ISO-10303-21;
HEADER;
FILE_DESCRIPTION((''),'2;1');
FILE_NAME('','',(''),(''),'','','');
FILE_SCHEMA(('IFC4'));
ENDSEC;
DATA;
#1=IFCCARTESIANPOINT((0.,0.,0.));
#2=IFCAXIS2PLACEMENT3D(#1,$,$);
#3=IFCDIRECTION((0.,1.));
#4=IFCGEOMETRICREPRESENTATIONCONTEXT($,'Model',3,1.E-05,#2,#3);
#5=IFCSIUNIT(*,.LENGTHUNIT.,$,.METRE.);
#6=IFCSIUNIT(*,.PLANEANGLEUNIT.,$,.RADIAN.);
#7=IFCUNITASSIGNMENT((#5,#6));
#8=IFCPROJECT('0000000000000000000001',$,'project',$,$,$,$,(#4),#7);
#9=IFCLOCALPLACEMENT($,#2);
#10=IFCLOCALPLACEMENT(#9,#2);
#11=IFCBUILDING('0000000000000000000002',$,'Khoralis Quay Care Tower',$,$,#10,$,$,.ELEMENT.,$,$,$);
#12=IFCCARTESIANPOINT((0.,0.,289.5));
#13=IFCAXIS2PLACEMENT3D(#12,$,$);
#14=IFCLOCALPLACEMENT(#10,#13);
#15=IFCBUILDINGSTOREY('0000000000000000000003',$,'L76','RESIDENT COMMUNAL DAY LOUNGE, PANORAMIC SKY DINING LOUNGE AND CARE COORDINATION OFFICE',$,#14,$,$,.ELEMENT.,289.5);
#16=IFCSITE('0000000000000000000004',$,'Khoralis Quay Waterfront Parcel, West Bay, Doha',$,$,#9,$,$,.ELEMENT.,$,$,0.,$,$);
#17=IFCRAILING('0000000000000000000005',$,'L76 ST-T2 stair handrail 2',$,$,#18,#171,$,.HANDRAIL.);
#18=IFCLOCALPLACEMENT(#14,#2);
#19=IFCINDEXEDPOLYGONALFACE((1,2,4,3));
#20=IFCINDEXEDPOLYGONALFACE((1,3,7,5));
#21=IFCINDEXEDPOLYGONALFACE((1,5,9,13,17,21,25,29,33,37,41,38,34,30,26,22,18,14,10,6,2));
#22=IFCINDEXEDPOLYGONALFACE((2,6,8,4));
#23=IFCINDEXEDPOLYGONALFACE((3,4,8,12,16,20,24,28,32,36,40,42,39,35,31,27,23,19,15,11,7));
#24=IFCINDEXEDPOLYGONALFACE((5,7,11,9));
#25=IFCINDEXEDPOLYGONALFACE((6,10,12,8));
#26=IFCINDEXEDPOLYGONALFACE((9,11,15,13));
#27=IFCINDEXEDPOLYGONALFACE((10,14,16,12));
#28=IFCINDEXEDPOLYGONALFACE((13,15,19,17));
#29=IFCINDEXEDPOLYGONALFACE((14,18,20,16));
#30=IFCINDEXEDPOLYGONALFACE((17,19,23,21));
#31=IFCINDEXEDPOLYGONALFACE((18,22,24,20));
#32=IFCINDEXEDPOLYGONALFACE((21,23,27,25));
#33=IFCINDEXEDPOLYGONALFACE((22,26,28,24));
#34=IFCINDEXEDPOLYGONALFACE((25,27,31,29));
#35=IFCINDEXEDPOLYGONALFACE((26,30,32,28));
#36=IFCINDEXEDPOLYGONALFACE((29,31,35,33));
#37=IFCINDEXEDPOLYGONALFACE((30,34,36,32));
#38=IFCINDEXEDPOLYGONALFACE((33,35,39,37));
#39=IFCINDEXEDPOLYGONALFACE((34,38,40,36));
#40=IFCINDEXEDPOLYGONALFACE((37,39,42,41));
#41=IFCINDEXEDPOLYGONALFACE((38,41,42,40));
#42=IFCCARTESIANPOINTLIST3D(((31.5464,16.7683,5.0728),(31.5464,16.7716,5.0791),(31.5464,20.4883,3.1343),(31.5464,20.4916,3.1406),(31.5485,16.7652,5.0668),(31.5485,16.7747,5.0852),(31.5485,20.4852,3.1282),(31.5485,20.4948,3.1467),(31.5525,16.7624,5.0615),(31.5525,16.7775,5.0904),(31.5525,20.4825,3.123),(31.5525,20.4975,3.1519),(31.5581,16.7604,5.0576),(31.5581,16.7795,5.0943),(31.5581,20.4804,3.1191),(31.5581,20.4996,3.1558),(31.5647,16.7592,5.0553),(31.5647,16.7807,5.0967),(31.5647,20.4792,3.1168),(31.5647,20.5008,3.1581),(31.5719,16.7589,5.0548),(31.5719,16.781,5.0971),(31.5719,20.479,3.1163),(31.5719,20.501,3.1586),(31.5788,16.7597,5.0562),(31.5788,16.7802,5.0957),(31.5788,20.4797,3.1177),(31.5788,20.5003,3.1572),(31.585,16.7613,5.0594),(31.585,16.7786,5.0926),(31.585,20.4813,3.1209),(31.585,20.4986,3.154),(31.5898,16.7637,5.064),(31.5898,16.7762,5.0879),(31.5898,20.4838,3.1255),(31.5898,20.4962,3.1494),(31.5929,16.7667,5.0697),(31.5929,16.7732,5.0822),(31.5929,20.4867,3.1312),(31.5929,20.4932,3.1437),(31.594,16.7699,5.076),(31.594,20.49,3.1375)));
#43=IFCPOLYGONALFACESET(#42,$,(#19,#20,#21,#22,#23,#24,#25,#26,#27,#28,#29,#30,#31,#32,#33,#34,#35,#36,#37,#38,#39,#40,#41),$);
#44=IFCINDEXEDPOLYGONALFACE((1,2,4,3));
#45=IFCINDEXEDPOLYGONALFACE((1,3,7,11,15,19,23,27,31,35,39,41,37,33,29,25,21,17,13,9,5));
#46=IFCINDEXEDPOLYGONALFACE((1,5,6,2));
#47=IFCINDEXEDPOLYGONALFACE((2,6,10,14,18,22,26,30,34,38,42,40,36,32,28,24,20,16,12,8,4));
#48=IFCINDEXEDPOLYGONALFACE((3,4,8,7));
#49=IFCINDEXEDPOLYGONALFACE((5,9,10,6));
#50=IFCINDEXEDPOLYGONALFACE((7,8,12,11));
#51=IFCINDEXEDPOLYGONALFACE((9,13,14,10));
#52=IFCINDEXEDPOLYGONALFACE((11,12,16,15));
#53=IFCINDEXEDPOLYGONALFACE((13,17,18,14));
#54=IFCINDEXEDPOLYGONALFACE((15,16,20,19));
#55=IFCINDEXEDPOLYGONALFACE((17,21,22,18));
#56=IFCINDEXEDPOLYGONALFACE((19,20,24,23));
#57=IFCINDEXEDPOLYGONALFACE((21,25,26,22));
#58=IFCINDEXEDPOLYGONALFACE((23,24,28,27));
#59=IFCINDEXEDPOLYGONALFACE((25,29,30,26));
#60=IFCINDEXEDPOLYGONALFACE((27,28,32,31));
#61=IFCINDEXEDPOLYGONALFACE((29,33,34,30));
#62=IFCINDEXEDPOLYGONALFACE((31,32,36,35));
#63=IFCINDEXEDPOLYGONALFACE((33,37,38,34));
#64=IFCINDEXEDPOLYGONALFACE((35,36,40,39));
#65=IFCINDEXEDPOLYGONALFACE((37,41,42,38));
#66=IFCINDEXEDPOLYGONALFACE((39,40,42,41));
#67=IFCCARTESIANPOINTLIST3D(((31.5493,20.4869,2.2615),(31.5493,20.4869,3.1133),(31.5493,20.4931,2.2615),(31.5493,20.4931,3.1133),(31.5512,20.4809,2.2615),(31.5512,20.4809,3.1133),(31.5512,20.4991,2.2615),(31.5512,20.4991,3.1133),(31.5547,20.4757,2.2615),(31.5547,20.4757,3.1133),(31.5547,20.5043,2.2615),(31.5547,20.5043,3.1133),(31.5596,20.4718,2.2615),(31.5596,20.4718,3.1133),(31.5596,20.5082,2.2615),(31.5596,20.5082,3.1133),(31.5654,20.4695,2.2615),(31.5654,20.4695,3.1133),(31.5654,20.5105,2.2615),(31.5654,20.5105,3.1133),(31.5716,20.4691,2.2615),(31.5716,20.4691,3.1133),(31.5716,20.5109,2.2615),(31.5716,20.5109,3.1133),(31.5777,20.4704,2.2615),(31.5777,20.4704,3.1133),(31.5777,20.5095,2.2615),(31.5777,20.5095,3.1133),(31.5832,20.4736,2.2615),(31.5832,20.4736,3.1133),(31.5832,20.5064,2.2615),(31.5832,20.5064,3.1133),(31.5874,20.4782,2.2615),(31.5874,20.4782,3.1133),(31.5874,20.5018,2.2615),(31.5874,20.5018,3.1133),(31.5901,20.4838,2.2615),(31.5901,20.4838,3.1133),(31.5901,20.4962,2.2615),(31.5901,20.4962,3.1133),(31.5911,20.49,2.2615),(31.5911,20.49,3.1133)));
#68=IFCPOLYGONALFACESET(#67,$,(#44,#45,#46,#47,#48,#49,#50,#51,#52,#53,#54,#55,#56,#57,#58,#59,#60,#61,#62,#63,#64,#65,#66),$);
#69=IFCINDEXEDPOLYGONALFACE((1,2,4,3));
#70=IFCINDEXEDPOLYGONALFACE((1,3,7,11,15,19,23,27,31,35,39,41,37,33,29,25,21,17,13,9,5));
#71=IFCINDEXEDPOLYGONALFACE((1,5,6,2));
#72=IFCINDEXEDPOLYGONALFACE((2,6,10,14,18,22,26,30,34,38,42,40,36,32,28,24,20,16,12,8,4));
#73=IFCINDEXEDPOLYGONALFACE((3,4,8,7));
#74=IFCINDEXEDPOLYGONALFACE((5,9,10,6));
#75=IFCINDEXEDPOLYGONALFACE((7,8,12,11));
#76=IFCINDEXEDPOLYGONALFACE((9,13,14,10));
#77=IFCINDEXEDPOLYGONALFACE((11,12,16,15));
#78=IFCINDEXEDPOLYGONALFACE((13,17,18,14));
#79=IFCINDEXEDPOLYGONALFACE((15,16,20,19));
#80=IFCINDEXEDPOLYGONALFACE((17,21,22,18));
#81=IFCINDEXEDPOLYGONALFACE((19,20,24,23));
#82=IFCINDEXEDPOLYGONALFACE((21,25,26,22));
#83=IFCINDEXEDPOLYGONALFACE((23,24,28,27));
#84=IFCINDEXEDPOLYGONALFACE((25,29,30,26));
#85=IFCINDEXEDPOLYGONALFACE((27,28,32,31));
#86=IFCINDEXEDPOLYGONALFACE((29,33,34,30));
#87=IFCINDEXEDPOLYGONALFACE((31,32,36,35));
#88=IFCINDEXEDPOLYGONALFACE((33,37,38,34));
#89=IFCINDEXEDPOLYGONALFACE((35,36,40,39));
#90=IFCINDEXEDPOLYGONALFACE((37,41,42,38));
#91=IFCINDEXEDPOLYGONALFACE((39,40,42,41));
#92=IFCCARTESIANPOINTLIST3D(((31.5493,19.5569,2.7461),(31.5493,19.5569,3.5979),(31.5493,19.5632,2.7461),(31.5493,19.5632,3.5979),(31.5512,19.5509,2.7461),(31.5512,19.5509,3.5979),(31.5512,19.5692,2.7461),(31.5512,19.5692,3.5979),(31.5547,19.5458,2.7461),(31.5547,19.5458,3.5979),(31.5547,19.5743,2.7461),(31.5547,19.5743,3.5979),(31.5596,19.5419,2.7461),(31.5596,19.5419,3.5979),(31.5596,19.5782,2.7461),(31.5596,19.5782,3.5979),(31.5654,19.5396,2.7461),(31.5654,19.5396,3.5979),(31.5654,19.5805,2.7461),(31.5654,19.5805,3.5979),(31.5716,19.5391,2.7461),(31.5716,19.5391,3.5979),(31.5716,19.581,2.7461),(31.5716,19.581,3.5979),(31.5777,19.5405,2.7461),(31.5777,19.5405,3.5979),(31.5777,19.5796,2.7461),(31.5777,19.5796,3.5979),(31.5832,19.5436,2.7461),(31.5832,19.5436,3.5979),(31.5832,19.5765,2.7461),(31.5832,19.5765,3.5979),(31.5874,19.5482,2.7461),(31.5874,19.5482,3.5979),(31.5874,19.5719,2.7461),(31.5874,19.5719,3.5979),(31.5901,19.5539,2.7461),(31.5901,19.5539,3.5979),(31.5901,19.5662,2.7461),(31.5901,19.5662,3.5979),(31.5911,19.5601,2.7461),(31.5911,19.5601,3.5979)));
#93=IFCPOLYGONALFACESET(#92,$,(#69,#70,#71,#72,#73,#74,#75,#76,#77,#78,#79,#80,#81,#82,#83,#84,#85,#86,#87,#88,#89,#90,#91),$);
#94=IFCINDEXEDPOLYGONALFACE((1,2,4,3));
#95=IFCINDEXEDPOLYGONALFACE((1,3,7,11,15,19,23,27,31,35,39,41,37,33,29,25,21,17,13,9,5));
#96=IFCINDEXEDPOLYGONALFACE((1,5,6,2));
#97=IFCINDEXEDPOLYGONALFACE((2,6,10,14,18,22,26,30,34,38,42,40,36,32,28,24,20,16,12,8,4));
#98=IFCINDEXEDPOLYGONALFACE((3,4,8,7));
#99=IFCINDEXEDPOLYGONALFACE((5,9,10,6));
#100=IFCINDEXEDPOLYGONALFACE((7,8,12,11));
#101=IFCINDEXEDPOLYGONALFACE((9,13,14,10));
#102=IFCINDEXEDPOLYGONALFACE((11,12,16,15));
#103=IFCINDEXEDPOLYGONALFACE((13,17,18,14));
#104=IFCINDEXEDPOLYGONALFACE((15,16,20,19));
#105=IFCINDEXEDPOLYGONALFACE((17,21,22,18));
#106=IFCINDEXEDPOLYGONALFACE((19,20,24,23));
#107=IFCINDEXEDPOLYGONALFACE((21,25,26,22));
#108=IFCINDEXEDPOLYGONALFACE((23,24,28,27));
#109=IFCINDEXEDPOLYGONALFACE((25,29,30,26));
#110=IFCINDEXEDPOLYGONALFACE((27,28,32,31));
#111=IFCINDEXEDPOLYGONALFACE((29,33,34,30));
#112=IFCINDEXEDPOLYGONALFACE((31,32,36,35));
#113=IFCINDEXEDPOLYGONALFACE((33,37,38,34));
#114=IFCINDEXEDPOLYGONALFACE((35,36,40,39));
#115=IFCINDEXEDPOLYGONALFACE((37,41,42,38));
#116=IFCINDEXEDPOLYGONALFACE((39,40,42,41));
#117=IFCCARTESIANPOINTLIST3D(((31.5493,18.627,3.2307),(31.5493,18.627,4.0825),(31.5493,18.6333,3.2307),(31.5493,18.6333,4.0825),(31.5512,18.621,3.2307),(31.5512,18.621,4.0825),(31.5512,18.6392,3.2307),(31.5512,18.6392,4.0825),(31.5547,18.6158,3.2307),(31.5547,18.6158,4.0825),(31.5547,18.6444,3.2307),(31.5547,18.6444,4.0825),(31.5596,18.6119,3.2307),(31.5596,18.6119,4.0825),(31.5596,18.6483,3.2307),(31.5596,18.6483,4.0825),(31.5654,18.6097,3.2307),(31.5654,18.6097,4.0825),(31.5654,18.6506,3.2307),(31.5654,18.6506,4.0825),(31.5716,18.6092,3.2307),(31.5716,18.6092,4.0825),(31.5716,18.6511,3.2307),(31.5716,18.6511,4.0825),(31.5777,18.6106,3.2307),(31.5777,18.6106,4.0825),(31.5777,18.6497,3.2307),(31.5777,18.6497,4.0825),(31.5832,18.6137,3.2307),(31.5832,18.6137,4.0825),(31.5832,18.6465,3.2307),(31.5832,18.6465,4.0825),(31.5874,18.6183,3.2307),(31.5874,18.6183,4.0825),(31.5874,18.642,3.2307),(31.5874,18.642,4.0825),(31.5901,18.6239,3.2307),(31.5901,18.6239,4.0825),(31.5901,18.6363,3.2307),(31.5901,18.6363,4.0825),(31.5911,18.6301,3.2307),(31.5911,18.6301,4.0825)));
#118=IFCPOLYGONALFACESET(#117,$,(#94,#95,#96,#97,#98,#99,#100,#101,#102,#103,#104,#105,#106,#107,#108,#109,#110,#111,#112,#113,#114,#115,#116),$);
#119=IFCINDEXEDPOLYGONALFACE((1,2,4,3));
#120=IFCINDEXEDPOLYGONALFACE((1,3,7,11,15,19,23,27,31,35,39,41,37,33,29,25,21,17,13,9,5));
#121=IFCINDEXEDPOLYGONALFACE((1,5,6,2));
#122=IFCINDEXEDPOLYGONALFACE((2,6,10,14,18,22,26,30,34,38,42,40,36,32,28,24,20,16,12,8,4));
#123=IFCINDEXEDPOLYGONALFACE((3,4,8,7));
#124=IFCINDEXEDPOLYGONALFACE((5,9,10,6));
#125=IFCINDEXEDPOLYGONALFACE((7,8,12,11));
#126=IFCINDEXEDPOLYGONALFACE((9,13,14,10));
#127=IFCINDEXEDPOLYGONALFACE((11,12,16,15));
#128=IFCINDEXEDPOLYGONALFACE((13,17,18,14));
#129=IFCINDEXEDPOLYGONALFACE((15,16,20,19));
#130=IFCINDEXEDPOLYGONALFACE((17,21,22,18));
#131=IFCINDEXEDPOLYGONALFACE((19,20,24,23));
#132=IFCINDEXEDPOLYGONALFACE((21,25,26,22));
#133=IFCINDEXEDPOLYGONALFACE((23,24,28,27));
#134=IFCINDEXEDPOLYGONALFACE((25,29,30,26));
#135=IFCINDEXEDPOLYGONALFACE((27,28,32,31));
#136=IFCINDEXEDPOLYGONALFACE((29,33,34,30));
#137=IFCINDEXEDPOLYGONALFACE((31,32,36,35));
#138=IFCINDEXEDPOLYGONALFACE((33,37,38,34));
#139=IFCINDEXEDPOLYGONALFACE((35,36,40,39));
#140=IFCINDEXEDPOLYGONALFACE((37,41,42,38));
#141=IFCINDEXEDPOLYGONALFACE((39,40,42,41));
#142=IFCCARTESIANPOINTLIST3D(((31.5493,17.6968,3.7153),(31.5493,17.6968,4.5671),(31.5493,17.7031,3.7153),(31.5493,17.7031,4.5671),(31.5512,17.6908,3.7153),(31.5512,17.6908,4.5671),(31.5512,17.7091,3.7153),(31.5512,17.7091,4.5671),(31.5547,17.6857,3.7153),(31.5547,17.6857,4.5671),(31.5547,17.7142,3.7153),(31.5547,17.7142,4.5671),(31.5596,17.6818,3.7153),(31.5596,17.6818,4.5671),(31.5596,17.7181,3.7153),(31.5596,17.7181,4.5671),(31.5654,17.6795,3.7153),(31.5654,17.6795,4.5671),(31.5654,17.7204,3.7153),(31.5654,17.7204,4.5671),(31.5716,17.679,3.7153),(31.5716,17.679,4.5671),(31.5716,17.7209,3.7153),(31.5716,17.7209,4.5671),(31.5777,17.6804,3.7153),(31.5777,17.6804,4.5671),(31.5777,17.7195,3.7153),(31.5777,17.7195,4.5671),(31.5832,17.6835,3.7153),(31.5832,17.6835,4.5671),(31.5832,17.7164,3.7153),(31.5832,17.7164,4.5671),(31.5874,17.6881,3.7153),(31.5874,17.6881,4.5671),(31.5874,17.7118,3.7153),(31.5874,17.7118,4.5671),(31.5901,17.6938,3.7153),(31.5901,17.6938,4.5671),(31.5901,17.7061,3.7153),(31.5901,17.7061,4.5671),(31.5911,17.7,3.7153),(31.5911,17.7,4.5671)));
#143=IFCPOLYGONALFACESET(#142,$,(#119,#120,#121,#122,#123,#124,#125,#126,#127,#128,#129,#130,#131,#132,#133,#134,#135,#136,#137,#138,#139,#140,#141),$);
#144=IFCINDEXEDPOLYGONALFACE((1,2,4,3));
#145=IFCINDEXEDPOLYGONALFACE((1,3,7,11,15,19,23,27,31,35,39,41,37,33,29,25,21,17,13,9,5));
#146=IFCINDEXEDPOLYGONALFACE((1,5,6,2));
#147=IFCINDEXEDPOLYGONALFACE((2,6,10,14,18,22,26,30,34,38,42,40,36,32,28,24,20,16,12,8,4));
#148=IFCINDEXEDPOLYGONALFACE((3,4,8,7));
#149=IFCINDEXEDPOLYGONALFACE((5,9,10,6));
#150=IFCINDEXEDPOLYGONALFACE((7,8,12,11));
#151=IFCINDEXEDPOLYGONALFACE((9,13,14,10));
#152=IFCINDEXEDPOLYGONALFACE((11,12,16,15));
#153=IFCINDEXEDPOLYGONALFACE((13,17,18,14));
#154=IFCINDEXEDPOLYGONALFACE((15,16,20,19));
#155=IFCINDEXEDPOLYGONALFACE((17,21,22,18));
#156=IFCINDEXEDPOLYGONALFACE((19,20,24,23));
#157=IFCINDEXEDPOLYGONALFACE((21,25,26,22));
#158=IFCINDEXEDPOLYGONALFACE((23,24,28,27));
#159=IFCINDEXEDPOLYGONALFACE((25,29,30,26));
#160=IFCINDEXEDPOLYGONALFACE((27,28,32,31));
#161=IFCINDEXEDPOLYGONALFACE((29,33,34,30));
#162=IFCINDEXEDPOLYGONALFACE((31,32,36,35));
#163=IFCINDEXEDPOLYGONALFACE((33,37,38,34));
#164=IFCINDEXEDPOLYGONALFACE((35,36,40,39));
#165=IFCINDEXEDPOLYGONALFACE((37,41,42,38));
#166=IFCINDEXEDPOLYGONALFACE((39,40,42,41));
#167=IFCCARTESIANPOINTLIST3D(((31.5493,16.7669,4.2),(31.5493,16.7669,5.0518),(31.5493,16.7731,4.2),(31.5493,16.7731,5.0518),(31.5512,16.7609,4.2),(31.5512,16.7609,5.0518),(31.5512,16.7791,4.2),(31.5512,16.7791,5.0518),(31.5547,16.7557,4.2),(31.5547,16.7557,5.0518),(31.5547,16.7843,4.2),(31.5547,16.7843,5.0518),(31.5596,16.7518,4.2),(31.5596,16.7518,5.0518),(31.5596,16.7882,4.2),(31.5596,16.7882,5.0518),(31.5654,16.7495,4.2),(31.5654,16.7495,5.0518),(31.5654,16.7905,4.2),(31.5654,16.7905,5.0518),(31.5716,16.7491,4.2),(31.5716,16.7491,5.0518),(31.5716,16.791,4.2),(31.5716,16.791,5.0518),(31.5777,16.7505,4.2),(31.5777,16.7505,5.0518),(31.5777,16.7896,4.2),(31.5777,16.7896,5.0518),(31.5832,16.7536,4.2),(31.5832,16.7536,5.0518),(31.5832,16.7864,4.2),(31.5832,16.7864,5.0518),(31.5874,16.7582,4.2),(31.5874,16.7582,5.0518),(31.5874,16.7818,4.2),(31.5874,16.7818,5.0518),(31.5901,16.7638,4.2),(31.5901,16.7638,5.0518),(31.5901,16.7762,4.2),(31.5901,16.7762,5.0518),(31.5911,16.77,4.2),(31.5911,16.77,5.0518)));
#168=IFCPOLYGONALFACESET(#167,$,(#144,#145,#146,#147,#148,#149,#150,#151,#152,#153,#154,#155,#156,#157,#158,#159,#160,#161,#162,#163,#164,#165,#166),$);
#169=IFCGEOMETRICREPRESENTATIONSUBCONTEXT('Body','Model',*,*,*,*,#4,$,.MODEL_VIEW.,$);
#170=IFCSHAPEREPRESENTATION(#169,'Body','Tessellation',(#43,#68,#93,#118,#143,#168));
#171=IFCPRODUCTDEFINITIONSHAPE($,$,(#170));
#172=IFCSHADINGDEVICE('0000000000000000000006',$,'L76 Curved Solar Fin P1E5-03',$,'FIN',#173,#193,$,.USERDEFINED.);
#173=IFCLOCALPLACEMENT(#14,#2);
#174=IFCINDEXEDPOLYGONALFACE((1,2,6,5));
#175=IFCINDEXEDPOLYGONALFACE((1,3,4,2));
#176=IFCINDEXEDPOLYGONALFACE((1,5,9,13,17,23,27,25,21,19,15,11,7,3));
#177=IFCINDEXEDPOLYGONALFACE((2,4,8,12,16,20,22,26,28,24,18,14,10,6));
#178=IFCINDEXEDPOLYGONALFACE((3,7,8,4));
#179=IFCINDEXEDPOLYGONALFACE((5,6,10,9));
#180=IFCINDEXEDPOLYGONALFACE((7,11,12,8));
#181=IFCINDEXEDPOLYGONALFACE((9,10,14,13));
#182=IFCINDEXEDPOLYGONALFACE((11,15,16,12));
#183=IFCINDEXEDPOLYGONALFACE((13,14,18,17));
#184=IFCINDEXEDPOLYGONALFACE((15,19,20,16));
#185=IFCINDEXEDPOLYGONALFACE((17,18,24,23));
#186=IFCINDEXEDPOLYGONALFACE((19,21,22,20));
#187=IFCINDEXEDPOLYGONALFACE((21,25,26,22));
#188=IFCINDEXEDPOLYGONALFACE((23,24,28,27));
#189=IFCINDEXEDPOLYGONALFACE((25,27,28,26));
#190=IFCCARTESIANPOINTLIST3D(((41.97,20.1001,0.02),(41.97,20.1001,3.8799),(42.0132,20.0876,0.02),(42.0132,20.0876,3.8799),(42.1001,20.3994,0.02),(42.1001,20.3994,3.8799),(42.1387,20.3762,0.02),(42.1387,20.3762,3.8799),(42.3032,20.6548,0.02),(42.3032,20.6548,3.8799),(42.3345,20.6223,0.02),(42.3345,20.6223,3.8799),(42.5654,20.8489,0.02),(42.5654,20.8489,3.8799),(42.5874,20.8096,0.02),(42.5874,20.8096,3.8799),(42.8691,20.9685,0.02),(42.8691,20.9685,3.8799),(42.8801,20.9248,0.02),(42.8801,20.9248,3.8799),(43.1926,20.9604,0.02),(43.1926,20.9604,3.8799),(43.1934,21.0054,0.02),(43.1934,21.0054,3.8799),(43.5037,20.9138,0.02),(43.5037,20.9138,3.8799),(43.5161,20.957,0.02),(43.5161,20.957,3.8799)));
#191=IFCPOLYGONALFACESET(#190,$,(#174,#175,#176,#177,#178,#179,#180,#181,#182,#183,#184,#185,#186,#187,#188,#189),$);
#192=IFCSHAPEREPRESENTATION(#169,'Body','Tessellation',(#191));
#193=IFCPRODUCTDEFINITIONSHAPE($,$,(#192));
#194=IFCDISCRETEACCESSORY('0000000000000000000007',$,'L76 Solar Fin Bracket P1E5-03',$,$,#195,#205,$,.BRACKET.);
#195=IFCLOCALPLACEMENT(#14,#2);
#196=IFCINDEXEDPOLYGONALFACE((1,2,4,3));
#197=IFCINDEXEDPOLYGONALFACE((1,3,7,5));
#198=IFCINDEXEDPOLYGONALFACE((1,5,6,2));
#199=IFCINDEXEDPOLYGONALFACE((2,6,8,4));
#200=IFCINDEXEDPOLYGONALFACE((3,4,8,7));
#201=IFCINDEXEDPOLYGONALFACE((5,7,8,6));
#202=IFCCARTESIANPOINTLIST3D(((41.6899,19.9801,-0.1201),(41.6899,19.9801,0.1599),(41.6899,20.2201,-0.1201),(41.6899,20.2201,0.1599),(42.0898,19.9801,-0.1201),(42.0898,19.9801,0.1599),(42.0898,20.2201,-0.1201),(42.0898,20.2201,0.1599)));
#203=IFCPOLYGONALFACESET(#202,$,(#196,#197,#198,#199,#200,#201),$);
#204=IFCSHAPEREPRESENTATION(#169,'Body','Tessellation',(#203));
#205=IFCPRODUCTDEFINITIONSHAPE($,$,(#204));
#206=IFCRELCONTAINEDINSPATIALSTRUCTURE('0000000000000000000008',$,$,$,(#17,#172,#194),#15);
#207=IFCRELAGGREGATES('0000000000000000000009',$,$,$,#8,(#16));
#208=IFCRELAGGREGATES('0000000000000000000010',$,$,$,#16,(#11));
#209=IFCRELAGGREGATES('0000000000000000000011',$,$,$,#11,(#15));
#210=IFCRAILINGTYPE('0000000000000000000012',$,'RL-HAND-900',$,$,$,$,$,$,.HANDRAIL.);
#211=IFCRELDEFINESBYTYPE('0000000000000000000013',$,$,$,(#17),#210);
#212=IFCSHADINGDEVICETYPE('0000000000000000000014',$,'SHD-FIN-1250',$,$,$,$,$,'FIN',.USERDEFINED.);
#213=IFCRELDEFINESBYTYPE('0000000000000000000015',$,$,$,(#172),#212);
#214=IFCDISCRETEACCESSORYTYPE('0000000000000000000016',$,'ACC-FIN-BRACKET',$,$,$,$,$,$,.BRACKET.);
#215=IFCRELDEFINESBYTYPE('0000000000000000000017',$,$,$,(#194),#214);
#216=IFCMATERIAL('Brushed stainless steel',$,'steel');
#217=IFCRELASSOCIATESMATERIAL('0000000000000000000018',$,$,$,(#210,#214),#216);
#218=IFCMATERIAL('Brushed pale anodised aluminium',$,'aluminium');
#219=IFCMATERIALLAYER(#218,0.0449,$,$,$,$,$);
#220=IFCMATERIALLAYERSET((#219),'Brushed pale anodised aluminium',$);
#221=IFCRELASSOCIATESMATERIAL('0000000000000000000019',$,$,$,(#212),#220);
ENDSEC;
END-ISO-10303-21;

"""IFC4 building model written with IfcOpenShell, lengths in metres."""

from ifc_helpers import new_model, si_unit, direction, frame, origin, origin_2d, place, context, subcontext, project, spatial, polyline, rectangle, circle, outline, extrude, source, transform, mapped, material, layer, layer_set, type_object, element, save


model = new_model("IFC4")

# Units and contexts
model_context = context("Model", 3, precision=1e-05, world=origin(), true_north=direction((0.0, 1.0)))
body_context = subcontext(model_context, "Body", "Model", "MODEL_VIEW")
ifc_project = project(units=[si_unit("LENGTHUNIT", "METRE"), si_unit("PLANEANGLEUNIT", "RADIAN")], contexts=[model_context])

# Site, building, storey
site_placement = place(None, origin())
site = spatial("IfcSite", under=ifc_project, at=site_placement, Name="Khoralis Quay Waterfront Parcel, West Bay, Doha", CompositionType="ELEMENT", RefElevation=0.0)
building_placement = place(site_placement, origin())
building = spatial("IfcBuilding", under=site, at=building_placement, Name="Khoralis Quay Care Tower", CompositionType="ELEMENT")
storey_placement = place(building_placement, frame((0.0, 0.0, 289.5)))
storey = spatial("IfcBuildingStorey", under=building, at=storey_placement, Name="L76", Description="RESIDENT COMMUNAL DAY LOUNGE, PANORAMIC SKY DINING LOUNGE AND CARE COORDINATION OFFICE", CompositionType="ELEMENT", Elevation=289.5)

# Railing
ifc_material_1 = material(Name="Brushed stainless steel", Category="steel")
railing_type_1 = type_object("IfcRailingType", Name="RL-HAND-900", PredefinedType="HANDRAIL", material=ifc_material_1)
railing_1_placement = place(storey_placement, frame((31.5701, 20.49, 2.2615)))
element("IfcRailing", 1, at=railing_1_placement, inside=storey, type_object=railing_type_1, Name="L76 ST-T2 stair handrail 2", PredefinedType="HANDRAIL", context=body_context, shape_type="SweptSolid", body=[
    extrude(circle(Radius=0.0239, at=origin_2d()), frame((0.0, 0.0, 0.876), z_axis=(0.0, -0.886817, 0.46212), x_axis=(1.0, 0.0, 0.0)), (0.0, 0.0, 1.0), 4.1948),
    extrude(circle(Radius=0.021, at=origin_2d()), origin(), (0.0, 0.0, 1.0), 0.8518),
    extrude(circle(Radius=0.021, at=origin_2d()), frame((0.0, -0.9299, 0.4846)), (0.0, 0.0, 1.0), 0.8518),
    extrude(circle(Radius=0.021, at=origin_2d()), frame((0.0, -1.8599, 0.9692)), (0.0, 0.0, 1.0), 0.8518),
    extrude(circle(Radius=0.021, at=origin_2d()), frame((0.0, -2.79, 1.4539)), (0.0, 0.0, 1.0), 0.8518),
    extrude(circle(Radius=0.021, at=origin_2d()), frame((0.0, -3.72, 1.9385)), (0.0, 0.0, 1.0), 0.8518),
])

# Shading device
ifc_material_2 = material(Name="Brushed pale anodised aluminium", Category="aluminium")
ifc_layer_1 = layer(ifc_material_2, 0.0449)
ifc_layer_set_1 = layer_set([ifc_layer_1], Name="Brushed pale anodised aluminium")
shading_device_type = type_object("IfcShadingDeviceType", Name="SHD-FIN-1250", ElementType="FIN", PredefinedType="USERDEFINED", material=ifc_layer_set_1)
shared_shape_1 = source(origin(), body_context, "Body", "SweptSolid", [
    extrude(outline(polyline([(0.0, 0.0), (0.1301, 0.2993), (0.3333, 0.5547), (0.5955, 0.7488), (0.8992, 0.8684), (1.2234, 0.9053), (1.5461, 0.8569), (1.5337, 0.8137), (1.2227, 0.8604), (0.9102, 0.8247), (0.6174, 0.7095), (0.3645, 0.5222), (0.1687, 0.2761), (0.0432, -0.0125), (0.0, 0.0)])), origin(), (0.0, 0.0, 1.0), 3.8599),
])
shading_device_placement = place(storey_placement, frame((41.97, 20.1001, 0.02), z_axis=(0.0, 0.0, 1.0), x_axis=(1.0, 0.0, 0.0)))
element("IfcShadingDevice", 2, at=shading_device_placement, inside=storey, type_object=shading_device_type, Name="L76 Curved Solar Fin P1E5-03", ObjectType="FIN", PredefinedType="USERDEFINED", context=body_context, shape_type="MappedRepresentation", body=[
    mapped(shared_shape_1, transform((0.0, 0.0, 0.0), scale=1.0)),
])

# Discrete accessory
discrete_accessory_type = type_object("IfcDiscreteAccessoryType", Name="ACC-FIN-BRACKET", PredefinedType="BRACKET", material=ifc_material_1)
shared_shape_2 = source(origin(), body_context, "Body", "SweptSolid", [
    extrude(rectangle(XDim=0.3999, YDim=0.24, at=origin_2d()), origin(), (0.0, 0.0, 1.0), 0.28),
])
discrete_accessory_placement = place(storey_placement, frame((41.8899, 20.1001, -0.1201), z_axis=(0.0, 0.0, 1.0), x_axis=(1.0, 0.0, 0.0)))
element("IfcDiscreteAccessory", 3, at=discrete_accessory_placement, inside=storey, type_object=discrete_accessory_type, Name="L76 Solar Fin Bracket P1E5-03", PredefinedType="BRACKET", context=body_context, shape_type="MappedRepresentation", body=[
    mapped(shared_shape_2, transform((0.0, 0.0, 0.0), scale=1.0)),
])

save(model, "model.ifc")
